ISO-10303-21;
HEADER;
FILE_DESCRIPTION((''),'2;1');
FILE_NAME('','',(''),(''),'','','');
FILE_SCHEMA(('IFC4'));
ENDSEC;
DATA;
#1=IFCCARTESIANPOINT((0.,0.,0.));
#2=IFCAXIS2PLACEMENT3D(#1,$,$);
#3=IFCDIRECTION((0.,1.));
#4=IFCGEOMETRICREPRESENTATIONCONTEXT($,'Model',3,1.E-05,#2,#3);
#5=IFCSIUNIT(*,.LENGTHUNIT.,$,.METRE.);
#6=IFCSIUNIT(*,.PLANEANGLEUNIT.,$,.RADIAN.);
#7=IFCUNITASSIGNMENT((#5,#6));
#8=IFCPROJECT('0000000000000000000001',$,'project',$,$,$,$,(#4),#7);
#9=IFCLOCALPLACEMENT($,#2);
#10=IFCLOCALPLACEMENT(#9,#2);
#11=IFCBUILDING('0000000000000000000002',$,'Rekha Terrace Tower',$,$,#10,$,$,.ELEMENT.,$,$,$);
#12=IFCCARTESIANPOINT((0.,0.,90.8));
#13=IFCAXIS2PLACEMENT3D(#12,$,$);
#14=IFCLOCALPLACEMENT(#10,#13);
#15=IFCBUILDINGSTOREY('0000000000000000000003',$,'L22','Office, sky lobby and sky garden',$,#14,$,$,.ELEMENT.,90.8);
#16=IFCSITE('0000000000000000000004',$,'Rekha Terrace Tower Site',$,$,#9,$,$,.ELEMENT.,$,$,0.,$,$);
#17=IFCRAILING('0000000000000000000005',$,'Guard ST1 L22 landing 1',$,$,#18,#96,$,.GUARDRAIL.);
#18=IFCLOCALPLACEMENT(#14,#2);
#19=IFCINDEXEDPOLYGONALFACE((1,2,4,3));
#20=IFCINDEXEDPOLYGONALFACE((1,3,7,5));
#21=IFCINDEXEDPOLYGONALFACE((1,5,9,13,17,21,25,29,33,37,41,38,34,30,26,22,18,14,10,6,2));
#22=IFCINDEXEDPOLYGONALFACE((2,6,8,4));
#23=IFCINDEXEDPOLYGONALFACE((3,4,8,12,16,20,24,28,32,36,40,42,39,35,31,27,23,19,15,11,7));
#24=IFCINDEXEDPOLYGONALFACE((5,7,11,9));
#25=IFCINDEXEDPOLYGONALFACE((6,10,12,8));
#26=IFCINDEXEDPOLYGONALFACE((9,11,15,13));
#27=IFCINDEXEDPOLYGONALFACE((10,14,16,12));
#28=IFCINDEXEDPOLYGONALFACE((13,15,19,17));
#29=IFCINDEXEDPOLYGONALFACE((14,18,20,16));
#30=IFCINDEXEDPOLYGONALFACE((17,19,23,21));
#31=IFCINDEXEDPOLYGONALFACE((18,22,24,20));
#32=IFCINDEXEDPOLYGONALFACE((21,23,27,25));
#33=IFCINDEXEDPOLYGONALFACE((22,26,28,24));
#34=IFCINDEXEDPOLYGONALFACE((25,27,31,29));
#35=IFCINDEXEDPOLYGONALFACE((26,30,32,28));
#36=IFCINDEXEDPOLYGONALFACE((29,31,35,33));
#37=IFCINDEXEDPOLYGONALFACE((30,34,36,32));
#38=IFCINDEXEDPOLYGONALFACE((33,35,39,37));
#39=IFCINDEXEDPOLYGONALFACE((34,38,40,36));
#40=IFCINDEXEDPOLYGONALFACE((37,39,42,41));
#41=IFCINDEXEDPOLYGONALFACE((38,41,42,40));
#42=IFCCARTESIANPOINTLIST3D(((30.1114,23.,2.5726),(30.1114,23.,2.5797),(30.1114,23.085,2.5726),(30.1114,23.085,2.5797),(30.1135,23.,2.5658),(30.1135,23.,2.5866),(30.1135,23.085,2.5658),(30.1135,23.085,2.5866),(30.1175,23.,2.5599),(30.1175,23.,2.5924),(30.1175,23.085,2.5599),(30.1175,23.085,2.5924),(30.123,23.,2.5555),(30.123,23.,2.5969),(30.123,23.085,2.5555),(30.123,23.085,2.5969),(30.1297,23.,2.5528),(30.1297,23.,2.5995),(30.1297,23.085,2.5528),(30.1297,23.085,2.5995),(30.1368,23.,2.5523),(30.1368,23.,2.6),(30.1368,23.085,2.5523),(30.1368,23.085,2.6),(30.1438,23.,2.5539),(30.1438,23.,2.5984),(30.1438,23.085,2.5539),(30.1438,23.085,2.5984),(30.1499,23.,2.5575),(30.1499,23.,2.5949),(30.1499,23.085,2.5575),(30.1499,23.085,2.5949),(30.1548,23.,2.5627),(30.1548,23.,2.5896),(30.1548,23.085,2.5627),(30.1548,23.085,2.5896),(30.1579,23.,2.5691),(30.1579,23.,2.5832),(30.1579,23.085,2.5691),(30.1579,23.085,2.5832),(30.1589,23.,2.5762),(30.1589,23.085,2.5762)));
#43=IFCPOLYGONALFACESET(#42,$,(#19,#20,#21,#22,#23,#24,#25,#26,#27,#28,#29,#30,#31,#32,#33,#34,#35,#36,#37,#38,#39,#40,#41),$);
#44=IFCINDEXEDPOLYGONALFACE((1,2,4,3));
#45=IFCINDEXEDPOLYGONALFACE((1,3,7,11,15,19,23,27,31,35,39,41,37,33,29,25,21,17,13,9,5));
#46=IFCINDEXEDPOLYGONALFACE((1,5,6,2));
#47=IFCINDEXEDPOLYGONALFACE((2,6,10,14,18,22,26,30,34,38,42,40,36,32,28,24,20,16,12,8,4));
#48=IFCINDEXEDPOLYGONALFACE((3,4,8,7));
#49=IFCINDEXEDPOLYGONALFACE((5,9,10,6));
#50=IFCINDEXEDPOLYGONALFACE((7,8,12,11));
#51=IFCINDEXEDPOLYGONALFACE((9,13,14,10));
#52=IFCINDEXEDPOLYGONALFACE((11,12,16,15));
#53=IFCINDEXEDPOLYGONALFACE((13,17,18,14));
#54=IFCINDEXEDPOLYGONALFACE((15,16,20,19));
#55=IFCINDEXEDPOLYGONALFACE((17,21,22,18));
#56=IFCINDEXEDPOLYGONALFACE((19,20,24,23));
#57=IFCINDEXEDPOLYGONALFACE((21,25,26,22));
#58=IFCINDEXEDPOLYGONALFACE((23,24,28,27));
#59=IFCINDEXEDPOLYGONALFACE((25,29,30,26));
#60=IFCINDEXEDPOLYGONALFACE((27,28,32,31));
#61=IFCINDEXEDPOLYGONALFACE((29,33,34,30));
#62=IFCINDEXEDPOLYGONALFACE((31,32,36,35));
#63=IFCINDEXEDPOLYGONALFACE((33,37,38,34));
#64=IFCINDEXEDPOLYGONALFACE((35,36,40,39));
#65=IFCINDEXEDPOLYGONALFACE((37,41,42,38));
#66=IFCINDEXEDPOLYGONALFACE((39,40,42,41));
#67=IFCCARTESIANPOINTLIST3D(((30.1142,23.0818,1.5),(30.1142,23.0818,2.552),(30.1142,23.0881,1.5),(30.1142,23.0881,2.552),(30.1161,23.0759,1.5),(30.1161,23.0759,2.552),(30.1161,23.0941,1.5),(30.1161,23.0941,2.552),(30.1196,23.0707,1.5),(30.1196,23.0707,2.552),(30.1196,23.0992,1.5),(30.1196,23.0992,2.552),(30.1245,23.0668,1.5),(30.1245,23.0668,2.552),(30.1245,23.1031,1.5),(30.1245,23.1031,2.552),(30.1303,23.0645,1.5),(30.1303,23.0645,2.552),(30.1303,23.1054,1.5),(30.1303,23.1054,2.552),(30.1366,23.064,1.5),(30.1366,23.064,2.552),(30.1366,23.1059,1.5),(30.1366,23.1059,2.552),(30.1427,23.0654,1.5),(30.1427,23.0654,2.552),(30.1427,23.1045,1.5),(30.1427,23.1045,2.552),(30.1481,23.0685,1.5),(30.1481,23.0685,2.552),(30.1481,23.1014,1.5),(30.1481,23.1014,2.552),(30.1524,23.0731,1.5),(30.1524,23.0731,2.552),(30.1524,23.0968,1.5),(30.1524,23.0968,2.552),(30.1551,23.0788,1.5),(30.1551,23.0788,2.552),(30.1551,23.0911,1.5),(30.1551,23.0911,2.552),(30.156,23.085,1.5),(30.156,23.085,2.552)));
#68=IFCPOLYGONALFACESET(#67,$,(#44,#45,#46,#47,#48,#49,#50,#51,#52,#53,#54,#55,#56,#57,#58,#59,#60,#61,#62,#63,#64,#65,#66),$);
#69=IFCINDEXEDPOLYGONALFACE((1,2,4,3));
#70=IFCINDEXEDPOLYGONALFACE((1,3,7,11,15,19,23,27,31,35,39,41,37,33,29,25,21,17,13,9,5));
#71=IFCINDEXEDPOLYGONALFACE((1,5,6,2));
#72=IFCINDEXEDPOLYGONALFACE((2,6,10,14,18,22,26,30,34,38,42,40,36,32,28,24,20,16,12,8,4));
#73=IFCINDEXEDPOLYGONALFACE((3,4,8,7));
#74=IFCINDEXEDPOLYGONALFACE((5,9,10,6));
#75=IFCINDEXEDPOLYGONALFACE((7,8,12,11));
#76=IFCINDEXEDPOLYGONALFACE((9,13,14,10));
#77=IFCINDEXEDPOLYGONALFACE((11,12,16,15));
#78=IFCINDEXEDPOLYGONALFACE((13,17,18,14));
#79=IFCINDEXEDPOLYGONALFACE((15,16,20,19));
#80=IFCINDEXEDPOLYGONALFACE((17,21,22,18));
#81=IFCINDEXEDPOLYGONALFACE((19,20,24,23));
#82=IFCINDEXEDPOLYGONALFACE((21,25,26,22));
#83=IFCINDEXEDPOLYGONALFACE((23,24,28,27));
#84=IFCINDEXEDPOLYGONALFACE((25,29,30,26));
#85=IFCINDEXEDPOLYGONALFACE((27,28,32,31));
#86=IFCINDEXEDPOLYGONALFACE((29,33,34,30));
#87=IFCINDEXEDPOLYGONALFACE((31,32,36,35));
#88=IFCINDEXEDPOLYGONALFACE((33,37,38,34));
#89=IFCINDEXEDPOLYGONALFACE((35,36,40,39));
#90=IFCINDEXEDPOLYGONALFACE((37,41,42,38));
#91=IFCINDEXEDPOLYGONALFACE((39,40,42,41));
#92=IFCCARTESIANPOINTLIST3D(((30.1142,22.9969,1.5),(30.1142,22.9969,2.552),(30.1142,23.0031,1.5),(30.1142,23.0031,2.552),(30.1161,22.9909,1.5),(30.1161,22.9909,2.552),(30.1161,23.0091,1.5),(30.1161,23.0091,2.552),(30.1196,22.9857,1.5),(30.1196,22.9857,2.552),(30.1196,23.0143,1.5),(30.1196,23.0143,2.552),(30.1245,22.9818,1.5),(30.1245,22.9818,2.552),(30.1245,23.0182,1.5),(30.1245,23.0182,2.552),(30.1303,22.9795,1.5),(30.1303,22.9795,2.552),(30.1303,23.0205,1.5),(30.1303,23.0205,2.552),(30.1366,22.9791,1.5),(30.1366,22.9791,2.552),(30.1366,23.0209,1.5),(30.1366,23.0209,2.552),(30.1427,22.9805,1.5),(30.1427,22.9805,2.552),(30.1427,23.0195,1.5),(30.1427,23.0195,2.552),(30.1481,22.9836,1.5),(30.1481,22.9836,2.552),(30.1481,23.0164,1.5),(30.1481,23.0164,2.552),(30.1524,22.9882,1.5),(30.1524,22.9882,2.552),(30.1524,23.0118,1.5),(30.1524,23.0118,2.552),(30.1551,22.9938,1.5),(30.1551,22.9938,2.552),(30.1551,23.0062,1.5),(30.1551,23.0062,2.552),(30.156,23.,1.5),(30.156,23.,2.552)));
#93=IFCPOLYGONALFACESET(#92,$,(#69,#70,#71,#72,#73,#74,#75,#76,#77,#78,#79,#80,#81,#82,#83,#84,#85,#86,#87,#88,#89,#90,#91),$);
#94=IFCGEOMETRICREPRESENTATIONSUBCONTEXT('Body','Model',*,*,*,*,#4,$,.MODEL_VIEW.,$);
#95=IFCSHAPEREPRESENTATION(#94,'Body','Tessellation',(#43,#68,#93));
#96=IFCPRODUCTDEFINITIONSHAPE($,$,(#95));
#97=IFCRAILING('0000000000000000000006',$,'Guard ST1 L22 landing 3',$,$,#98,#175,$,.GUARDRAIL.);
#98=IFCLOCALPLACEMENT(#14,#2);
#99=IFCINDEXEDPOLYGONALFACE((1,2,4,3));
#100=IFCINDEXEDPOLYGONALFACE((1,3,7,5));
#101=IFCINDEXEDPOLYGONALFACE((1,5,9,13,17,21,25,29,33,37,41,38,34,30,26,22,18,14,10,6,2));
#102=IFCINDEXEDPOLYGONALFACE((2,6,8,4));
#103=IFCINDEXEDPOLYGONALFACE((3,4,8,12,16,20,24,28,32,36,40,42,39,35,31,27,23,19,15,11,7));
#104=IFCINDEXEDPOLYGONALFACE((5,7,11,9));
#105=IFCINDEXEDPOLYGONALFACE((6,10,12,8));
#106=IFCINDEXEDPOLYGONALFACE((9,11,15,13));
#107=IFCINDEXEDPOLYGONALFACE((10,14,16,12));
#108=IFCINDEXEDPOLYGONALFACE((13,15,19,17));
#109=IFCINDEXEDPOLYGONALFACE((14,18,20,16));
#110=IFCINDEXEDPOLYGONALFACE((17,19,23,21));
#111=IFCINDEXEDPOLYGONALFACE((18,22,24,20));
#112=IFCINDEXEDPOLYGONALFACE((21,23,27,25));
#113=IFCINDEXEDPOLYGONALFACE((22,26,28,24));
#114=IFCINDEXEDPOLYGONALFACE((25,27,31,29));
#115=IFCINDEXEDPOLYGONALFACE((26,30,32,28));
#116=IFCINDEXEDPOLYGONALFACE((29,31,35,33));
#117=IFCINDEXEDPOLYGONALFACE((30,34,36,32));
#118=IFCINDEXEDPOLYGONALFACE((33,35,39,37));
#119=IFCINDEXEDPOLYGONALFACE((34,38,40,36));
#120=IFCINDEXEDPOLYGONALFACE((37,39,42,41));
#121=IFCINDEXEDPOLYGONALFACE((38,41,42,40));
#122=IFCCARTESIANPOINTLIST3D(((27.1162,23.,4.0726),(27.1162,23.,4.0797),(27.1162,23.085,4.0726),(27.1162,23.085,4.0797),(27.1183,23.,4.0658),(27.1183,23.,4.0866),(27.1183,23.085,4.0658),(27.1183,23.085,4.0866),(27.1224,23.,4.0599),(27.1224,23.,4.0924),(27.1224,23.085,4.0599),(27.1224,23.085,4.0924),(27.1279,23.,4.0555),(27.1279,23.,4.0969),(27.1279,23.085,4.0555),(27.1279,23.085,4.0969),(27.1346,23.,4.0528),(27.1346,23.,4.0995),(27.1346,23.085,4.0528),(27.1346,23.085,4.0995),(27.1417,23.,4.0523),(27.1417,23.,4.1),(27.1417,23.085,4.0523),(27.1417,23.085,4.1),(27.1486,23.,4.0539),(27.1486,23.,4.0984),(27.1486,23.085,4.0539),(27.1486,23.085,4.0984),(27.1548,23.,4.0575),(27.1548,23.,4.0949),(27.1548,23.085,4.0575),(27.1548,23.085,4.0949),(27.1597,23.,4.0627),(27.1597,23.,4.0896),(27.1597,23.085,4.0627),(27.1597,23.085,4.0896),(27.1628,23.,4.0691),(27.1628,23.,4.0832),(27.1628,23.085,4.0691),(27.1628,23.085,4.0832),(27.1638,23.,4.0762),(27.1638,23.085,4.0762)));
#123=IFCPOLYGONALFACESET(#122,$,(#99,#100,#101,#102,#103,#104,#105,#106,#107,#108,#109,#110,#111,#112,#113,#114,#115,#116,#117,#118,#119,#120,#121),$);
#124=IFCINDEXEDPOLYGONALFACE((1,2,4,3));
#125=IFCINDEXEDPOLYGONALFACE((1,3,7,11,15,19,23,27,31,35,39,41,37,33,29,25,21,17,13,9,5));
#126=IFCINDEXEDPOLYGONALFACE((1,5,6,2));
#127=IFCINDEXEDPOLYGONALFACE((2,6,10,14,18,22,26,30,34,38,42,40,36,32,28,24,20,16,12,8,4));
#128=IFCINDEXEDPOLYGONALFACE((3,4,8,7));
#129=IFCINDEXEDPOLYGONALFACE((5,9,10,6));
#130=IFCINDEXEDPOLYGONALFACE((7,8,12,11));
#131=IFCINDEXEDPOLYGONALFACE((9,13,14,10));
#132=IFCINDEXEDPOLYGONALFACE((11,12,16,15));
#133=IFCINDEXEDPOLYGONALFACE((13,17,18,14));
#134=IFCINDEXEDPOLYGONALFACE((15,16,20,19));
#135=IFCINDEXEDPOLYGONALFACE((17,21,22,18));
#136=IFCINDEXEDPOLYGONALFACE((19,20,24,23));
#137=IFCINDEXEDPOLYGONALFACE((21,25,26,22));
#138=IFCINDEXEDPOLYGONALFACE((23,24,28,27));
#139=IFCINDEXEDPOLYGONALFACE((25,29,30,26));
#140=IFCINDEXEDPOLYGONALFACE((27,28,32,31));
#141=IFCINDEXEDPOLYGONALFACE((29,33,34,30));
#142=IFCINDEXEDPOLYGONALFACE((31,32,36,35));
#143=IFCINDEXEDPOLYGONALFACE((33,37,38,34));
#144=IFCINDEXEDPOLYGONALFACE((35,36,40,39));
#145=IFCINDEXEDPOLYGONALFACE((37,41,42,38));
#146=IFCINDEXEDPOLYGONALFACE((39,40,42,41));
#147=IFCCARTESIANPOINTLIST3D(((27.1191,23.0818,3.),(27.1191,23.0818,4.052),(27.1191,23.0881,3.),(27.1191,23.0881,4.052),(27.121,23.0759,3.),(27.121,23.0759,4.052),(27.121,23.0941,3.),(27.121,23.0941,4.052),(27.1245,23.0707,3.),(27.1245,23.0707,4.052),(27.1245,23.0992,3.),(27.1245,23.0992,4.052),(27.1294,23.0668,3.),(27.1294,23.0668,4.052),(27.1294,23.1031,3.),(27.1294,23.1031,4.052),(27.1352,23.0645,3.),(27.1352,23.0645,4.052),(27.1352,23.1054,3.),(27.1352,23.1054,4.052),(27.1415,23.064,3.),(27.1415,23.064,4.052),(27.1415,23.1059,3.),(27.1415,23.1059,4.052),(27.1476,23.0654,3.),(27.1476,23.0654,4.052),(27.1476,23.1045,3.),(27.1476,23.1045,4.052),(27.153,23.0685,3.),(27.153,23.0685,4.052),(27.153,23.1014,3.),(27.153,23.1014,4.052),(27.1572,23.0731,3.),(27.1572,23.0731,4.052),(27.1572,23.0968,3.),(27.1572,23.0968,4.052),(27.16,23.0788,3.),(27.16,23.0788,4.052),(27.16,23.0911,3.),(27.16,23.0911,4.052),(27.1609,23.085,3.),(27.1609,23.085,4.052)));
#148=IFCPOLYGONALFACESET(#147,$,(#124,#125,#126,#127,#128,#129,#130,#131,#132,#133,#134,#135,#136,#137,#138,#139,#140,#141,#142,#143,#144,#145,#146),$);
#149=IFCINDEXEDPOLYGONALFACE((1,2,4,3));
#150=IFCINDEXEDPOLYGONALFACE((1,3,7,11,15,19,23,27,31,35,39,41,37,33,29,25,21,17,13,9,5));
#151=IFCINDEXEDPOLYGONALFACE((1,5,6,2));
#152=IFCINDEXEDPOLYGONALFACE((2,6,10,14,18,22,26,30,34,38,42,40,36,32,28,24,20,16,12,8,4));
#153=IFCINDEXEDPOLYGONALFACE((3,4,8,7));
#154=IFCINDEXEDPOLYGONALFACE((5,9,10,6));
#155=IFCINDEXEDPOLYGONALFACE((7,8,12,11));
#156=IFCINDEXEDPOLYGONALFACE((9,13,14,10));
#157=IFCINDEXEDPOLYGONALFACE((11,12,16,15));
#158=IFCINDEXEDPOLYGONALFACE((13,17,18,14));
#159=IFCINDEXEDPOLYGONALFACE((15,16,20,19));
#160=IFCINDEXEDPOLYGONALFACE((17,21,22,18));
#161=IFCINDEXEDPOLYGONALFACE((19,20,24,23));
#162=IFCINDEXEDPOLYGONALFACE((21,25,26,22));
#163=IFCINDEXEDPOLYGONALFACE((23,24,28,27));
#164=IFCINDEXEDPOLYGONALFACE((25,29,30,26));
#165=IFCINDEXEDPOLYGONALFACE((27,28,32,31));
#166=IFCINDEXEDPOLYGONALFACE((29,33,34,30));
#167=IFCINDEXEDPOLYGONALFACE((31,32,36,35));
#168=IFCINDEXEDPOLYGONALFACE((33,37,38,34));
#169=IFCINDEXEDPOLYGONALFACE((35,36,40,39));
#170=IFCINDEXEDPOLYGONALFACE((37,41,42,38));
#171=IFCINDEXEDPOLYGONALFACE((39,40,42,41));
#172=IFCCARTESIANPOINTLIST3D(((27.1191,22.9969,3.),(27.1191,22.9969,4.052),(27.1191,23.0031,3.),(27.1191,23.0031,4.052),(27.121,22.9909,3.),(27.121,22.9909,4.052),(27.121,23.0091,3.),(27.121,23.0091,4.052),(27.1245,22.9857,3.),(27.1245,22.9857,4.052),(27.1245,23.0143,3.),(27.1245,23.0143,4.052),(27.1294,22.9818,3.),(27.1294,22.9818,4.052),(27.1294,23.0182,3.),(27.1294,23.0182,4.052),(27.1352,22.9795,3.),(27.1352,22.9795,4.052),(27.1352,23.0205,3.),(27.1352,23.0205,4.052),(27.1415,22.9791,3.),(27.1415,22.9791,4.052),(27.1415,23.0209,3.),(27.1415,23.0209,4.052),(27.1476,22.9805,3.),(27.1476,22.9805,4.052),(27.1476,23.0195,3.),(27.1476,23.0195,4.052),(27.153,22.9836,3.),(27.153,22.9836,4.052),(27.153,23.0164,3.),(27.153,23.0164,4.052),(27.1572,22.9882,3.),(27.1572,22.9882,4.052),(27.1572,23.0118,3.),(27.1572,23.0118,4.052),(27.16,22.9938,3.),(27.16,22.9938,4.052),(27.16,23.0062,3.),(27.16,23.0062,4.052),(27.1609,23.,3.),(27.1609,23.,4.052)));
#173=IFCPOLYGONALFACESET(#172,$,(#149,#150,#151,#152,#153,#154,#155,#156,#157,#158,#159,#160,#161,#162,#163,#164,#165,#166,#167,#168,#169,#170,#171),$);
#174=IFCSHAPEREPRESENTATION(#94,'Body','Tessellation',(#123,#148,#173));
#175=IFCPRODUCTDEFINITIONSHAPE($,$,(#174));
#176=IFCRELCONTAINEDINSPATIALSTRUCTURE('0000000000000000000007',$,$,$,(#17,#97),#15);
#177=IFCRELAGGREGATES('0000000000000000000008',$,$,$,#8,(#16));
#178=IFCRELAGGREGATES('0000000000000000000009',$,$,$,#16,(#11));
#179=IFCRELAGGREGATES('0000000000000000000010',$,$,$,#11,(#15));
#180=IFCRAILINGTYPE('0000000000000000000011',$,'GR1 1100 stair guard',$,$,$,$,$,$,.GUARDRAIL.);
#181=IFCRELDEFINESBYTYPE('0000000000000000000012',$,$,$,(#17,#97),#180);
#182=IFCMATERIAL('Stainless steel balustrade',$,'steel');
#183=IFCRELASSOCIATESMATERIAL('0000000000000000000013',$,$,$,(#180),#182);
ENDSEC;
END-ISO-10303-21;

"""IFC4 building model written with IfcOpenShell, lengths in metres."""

from ifc_helpers import new_model, si_unit, direction, frame, origin, origin_2d, place, context, subcontext, project, spatial, circle, extrude, material, type_object, element, save


model = new_model("IFC4")

# Units and contexts
model_context = context("Model", 3, precision=1e-05, world=origin(), true_north=direction((0.0, 1.0)))
body_context = subcontext(model_context, "Body", "Model", "MODEL_VIEW")
ifc_project = project(units=[si_unit("LENGTHUNIT", "METRE"), si_unit("PLANEANGLEUNIT", "RADIAN")], contexts=[model_context])

# Site, building, storey
site_placement = place(None, origin())
site = spatial("IfcSite", under=ifc_project, at=site_placement, Name="Rekha Terrace Tower Site", CompositionType="ELEMENT", RefElevation=0.0)
building_placement = place(site_placement, origin())
building = spatial("IfcBuilding", under=site, at=building_placement, Name="Rekha Terrace Tower", CompositionType="ELEMENT")
storey_placement = place(building_placement, frame((0.0, 0.0, 90.8)))
storey = spatial("IfcBuildingStorey", under=building, at=storey_placement, Name="L22", Description="Office, sky lobby and sky garden", CompositionType="ELEMENT", Elevation=90.8)

# Railings
ifc_material_1 = material(Name="Stainless steel balustrade", Category="steel")
railing_type_1 = type_object("IfcRailingType", Name="GR1 1100 stair guard", PredefinedType="GUARDRAIL", material=ifc_material_1)
for number, where, name in (
    (1, (30.135, 23.085, 1.5), "Guard ST1 L22 landing 1"),
    (2, (27.1399, 23.085, 3.0), "Guard ST1 L22 landing 3"),
):
    element("IfcRailing", number, at=place(storey_placement, frame(where)), inside=storey, type_object=railing_type_1, Name=name, PredefinedType="GUARDRAIL", context=body_context, shape_type="SweptSolid", body=[
        extrude(circle(Radius=0.0239, at=origin_2d()), frame((0.0, 0.0, 1.0762), z_axis=(0.0, -1.0, 0.0), x_axis=(1.0, 0.0, 0.0)), (0.0, 0.0, 1.0), 0.085),
        extrude(circle(Radius=0.021, at=origin_2d()), origin(), (0.0, 0.0, 1.0), 1.052),
        extrude(circle(Radius=0.021, at=origin_2d()), frame((0.0, -0.085, 0.0)), (0.0, 0.0, 1.0), 1.052),
    ])

save(model, "model.ifc")
